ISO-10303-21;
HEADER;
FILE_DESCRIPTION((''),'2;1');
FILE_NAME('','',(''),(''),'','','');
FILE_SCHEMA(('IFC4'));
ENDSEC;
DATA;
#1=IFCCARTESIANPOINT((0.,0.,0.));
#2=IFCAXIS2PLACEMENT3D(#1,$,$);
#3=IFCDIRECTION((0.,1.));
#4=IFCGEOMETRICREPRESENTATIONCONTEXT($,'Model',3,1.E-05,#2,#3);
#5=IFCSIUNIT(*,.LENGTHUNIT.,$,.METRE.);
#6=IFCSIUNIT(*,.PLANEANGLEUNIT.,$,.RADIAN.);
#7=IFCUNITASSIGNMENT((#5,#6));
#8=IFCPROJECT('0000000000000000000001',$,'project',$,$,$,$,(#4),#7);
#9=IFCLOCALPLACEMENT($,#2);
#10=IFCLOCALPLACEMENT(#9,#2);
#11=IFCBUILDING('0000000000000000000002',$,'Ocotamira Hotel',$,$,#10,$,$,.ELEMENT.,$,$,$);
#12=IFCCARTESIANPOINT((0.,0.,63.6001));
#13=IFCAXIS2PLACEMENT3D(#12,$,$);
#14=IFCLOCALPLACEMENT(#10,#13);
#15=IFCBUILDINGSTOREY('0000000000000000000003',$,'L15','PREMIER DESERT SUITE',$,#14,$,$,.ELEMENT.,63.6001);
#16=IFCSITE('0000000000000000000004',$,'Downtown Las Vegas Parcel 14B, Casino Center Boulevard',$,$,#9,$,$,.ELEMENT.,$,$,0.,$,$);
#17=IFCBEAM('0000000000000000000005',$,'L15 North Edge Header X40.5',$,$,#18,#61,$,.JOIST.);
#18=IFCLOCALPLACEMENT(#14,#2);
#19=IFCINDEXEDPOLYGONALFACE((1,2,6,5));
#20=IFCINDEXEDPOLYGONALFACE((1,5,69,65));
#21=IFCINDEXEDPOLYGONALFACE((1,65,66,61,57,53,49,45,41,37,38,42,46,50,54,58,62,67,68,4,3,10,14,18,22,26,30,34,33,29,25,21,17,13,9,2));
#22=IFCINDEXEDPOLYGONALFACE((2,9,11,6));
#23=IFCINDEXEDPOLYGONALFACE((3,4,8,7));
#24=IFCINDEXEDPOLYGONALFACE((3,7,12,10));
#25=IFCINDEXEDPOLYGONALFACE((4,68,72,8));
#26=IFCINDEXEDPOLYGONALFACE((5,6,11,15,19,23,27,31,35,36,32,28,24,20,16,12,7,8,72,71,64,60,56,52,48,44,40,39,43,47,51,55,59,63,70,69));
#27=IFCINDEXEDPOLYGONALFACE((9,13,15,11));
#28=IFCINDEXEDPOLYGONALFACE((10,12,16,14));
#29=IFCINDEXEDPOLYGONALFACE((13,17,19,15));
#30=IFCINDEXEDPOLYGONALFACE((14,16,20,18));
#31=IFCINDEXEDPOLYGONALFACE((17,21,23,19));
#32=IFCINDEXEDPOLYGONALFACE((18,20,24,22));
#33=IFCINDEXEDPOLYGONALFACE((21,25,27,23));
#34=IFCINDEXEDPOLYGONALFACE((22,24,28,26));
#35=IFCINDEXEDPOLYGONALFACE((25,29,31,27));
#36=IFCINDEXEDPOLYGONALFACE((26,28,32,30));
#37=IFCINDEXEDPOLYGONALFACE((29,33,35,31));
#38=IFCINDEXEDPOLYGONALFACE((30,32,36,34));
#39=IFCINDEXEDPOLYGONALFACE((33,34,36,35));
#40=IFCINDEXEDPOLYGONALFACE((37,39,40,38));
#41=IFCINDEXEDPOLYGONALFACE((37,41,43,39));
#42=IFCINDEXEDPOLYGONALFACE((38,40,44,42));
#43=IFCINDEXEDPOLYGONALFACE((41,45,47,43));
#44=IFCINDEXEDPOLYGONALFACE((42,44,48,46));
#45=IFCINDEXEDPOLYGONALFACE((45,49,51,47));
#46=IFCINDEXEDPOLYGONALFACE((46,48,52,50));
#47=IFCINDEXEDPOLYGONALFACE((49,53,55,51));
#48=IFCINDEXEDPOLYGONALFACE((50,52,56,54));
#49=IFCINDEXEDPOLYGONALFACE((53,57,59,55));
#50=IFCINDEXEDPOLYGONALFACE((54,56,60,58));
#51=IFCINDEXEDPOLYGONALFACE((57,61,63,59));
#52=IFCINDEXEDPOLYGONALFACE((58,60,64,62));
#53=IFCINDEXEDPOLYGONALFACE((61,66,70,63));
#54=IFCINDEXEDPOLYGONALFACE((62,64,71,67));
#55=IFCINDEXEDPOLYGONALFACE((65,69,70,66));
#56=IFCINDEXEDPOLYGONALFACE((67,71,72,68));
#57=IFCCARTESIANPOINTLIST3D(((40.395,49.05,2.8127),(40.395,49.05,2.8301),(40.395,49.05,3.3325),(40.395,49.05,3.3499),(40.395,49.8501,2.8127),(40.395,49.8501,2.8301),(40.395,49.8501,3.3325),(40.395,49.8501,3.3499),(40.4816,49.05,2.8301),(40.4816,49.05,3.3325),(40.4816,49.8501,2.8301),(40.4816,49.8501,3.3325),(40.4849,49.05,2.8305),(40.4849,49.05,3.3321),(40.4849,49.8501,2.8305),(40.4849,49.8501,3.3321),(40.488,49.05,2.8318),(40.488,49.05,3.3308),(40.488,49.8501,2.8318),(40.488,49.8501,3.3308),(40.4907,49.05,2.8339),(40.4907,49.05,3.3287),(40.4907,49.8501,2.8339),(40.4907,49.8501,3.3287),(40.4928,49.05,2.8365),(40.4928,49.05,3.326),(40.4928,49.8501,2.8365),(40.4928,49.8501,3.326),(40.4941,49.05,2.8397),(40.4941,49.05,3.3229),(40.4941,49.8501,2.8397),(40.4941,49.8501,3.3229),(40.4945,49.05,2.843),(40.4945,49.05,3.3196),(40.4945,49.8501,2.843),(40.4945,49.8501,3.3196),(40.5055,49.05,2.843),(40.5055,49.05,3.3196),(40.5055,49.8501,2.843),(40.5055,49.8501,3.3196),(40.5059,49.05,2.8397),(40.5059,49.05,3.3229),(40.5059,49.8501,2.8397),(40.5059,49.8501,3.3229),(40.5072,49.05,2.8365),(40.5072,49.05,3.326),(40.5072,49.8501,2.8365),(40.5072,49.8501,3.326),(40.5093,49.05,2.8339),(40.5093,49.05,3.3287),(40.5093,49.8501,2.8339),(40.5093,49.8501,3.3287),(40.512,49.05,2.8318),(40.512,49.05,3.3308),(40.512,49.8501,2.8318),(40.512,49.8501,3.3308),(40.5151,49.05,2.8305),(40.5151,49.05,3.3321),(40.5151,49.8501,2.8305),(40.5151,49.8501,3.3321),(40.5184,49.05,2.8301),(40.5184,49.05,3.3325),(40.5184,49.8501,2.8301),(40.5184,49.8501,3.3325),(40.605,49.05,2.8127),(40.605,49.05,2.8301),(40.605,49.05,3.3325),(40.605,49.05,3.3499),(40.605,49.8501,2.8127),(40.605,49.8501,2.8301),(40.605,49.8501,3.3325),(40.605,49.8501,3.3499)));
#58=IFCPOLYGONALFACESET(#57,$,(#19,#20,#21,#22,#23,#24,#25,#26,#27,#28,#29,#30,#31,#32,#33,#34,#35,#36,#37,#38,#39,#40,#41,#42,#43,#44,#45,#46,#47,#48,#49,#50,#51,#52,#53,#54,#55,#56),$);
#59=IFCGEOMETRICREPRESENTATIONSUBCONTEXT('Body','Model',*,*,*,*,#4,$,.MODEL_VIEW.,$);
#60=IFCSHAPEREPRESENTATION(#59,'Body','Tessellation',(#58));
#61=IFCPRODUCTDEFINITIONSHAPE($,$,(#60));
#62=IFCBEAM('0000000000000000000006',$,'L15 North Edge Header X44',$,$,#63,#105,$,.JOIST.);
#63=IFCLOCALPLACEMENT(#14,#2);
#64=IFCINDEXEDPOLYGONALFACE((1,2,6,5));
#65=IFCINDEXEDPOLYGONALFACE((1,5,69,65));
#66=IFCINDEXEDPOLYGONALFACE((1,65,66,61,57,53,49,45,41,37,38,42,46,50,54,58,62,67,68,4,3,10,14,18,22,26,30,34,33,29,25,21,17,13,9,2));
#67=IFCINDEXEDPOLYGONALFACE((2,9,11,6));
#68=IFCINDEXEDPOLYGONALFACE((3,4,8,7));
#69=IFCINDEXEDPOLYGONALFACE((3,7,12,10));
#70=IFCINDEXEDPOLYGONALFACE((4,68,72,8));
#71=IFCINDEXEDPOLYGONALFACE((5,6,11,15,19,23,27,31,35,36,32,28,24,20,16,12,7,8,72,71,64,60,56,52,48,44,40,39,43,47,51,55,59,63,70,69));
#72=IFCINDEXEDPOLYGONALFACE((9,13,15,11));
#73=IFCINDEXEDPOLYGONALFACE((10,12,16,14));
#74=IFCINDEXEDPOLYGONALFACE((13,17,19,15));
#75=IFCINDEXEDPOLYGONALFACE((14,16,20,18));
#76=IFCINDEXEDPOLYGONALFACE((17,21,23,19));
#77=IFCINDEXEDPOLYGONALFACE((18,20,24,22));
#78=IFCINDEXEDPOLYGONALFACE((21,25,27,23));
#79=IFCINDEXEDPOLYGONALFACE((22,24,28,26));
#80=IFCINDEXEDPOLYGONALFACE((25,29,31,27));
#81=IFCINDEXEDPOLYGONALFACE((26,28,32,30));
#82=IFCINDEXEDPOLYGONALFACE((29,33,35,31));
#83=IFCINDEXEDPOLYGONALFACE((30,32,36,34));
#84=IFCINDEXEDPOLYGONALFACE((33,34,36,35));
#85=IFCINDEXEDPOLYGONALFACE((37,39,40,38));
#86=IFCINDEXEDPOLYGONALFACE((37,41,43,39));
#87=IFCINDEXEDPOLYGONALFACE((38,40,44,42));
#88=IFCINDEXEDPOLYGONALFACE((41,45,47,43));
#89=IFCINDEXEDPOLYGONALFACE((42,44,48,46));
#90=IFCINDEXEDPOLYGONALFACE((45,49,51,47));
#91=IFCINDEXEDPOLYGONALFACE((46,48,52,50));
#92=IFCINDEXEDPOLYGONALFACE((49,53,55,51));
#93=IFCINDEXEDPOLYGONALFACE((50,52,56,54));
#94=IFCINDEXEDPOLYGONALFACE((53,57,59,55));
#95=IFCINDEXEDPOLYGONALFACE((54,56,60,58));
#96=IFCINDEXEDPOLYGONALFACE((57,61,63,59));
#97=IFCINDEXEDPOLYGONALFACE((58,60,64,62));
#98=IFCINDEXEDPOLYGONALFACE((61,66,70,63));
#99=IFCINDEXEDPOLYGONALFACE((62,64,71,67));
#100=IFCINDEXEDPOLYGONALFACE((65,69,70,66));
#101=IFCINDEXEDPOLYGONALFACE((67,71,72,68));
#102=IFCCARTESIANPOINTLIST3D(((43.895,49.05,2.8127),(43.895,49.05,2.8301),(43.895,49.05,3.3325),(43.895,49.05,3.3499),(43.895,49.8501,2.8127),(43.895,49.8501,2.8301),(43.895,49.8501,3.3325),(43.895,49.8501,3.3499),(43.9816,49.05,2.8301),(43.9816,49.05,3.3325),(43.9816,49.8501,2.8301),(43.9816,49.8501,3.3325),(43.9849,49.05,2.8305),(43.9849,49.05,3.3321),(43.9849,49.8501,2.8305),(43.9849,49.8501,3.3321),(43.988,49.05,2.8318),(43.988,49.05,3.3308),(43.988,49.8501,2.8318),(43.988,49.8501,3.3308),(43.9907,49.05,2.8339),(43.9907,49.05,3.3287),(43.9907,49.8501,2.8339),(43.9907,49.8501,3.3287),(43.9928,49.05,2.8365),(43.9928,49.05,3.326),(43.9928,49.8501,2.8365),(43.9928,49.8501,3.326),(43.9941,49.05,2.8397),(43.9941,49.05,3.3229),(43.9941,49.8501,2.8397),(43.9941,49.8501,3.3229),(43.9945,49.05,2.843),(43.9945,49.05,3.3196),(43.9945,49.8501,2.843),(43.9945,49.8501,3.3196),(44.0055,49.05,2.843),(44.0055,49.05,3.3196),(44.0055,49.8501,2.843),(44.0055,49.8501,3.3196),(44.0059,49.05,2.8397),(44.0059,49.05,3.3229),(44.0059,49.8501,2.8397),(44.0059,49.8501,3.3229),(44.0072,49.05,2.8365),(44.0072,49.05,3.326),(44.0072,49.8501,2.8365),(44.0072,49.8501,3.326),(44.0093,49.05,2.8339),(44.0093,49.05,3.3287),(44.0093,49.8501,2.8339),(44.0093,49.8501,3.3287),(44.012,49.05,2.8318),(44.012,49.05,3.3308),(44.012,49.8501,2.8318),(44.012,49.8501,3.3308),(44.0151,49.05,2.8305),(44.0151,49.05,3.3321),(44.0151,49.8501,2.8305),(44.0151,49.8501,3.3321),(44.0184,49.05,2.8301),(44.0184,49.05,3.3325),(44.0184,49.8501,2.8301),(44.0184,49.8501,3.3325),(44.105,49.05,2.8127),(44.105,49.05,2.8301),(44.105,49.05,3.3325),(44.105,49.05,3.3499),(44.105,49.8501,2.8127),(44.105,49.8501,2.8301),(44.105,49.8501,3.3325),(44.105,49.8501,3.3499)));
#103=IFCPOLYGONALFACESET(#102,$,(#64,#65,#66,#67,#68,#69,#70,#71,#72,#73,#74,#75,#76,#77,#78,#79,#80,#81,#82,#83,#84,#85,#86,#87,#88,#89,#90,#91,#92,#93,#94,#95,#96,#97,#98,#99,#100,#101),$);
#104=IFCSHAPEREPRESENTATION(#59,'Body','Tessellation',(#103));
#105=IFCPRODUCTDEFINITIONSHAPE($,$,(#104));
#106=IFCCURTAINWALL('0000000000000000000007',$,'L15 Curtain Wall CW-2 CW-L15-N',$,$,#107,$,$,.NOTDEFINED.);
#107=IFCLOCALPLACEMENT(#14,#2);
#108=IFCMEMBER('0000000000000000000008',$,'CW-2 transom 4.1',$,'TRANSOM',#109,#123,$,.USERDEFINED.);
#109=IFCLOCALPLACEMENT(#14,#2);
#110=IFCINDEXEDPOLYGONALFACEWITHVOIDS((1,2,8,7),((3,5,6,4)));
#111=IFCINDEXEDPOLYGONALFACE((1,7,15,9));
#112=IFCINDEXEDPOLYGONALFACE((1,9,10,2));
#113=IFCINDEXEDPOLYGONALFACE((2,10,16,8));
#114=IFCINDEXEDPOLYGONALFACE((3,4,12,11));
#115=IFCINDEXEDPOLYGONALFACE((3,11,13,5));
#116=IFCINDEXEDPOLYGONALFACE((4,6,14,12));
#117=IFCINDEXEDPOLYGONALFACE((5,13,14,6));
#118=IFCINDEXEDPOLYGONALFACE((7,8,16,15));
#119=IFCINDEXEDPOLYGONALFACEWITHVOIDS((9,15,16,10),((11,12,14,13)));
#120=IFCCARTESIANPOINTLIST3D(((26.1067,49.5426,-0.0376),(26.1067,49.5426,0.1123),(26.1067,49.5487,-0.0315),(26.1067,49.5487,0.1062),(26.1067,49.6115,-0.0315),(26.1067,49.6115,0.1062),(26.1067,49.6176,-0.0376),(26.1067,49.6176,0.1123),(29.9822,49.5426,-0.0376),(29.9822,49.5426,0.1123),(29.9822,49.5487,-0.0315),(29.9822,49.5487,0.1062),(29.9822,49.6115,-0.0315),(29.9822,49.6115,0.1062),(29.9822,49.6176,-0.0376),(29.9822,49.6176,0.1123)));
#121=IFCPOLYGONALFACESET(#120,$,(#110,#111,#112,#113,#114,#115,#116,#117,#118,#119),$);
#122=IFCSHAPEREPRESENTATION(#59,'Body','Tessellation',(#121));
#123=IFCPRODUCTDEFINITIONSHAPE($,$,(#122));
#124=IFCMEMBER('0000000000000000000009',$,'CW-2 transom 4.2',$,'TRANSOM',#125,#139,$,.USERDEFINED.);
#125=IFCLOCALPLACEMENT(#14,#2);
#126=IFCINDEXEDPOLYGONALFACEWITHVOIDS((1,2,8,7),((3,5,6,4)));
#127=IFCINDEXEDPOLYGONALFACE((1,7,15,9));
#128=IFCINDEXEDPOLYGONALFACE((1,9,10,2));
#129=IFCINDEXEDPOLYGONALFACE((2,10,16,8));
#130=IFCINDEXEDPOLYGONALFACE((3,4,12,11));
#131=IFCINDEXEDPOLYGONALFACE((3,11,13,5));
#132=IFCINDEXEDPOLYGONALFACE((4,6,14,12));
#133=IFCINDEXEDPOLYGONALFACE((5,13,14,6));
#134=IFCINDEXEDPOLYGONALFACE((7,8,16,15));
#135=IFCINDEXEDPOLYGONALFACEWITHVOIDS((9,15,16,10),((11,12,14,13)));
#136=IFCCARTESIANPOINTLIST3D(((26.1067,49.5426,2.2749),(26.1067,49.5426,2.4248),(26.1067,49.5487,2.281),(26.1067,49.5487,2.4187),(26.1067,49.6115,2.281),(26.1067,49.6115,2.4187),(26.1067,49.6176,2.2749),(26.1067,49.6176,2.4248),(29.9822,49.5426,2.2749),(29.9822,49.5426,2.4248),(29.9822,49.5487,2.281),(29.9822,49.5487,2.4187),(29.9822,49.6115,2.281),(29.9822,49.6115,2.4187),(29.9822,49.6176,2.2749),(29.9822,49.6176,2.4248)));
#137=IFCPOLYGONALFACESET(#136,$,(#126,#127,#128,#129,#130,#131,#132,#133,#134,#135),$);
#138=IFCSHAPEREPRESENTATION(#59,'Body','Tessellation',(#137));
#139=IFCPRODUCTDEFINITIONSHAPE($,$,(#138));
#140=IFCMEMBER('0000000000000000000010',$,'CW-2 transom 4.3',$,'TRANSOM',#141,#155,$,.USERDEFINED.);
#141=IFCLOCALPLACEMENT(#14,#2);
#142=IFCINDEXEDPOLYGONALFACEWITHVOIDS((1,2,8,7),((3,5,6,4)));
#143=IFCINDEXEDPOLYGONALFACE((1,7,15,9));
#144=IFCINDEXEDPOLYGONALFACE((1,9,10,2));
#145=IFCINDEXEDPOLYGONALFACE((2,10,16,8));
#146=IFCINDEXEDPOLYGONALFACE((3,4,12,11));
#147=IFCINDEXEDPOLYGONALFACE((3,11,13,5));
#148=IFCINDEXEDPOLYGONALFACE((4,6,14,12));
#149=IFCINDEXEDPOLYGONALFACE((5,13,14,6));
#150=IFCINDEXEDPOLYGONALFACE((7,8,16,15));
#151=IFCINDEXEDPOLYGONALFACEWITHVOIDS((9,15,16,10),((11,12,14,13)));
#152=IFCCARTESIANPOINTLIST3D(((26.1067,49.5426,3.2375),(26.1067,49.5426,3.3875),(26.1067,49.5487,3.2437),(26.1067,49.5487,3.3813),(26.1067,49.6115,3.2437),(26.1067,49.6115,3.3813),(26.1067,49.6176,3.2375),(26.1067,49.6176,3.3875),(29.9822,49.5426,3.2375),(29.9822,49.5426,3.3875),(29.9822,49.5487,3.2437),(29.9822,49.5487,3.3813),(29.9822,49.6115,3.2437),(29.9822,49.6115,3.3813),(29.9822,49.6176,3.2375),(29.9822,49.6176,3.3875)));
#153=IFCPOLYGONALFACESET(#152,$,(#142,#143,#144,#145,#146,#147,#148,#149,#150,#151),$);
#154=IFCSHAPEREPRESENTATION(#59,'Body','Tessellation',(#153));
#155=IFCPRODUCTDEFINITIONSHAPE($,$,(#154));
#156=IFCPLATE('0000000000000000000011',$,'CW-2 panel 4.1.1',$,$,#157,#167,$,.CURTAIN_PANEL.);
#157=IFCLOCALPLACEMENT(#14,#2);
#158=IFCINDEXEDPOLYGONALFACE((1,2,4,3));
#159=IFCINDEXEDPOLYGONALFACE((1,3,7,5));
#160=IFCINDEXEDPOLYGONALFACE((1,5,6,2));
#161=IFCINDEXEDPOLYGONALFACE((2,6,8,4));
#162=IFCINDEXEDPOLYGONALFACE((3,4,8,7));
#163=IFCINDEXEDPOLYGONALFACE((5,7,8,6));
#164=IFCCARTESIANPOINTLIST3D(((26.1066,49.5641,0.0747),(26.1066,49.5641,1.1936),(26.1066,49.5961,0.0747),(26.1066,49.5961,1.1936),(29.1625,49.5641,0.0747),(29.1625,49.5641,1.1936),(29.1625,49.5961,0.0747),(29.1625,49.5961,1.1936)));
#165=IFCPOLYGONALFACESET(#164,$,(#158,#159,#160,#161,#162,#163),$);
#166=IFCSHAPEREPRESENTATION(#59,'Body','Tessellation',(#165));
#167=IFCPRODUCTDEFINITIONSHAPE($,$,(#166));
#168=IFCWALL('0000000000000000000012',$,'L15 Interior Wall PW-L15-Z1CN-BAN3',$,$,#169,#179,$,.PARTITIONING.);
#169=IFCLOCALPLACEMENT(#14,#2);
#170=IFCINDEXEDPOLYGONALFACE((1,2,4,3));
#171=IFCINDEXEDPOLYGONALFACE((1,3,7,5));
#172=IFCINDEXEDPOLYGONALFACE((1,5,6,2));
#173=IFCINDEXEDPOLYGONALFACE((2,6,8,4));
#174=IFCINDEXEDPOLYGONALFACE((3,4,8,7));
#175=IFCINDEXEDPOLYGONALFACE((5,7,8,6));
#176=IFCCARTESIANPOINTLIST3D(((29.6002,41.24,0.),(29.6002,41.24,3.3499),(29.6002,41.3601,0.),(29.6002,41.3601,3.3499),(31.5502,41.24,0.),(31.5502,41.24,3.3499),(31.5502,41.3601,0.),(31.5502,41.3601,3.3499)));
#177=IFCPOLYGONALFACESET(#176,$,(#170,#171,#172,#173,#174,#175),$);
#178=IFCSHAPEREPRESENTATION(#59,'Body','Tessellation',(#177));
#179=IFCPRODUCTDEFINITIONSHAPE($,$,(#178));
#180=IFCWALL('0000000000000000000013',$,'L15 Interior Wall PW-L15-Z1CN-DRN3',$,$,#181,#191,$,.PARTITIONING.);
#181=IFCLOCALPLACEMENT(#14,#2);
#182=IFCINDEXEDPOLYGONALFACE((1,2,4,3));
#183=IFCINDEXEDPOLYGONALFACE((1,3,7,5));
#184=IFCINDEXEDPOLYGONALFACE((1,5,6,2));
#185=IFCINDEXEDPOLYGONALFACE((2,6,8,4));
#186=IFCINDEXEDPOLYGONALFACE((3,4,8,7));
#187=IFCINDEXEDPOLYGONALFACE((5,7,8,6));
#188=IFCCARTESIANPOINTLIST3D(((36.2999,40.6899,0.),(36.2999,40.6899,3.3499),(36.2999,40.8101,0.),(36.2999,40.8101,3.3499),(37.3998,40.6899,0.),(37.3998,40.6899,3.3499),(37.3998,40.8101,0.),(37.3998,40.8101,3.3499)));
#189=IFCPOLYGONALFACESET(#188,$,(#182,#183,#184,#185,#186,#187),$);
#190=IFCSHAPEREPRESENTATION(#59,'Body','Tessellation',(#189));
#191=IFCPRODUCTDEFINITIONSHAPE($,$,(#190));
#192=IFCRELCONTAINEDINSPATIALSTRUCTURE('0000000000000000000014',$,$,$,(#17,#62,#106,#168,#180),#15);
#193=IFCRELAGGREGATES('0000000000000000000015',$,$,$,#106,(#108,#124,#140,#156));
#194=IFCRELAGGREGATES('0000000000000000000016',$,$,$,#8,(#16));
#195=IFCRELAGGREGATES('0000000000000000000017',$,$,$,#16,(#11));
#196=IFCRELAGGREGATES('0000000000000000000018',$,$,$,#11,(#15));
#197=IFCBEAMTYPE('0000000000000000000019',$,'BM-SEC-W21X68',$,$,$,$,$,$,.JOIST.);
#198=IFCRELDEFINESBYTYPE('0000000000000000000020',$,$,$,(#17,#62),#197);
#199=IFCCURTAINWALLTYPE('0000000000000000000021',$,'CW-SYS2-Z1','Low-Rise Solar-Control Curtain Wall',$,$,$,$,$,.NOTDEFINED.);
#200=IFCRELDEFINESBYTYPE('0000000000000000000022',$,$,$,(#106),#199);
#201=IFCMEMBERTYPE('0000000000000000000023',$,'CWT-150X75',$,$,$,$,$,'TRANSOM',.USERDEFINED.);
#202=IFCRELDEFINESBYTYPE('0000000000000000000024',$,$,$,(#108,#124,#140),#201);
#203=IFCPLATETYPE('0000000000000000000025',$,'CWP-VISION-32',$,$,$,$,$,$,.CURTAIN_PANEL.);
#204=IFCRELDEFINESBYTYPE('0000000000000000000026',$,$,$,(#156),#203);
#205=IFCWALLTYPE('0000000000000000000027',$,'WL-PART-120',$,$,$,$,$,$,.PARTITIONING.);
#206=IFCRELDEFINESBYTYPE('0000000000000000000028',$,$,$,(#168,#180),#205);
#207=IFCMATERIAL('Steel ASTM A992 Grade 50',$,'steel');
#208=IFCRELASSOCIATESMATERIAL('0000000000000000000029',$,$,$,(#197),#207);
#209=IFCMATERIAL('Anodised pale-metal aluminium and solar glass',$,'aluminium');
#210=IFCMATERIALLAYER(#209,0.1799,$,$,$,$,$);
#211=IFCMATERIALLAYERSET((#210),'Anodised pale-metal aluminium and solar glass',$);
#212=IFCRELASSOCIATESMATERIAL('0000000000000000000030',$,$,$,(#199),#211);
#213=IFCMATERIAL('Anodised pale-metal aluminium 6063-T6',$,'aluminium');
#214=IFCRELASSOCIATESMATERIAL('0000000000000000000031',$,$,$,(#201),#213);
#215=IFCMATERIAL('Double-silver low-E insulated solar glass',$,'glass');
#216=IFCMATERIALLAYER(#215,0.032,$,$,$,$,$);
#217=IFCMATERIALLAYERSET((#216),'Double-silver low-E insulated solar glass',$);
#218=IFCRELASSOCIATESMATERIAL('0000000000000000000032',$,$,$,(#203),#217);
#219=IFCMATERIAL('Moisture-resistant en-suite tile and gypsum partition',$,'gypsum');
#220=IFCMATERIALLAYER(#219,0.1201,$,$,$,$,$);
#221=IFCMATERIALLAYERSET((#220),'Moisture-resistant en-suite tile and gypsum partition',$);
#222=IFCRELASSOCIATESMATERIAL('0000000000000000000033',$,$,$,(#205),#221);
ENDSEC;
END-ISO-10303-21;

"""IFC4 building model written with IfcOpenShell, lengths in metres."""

from ifc_helpers import new_model, si_unit, direction, frame, frame_2d, origin, origin_2d, place, context, subcontext, project, spatial, rectangle, hollow_rectangle, i_section, extrude, source, transform, mapped, material, layer, layer_set, material_profile, profile_set, type_object, element, aggregate, save


model = new_model("IFC4")

# Units and contexts
model_context = context("Model", 3, precision=1e-05, world=origin(), true_north=direction((0.0, 1.0)))
body_context = subcontext(model_context, "Body", "Model", "MODEL_VIEW")
ifc_project = project(units=[si_unit("LENGTHUNIT", "METRE"), si_unit("PLANEANGLEUNIT", "RADIAN")], contexts=[model_context])

# Site, building, storey
site_placement = place(None, origin())
site = spatial("IfcSite", under=ifc_project, at=site_placement, Name="Downtown Las Vegas Parcel 14B, Casino Center Boulevard", CompositionType="ELEMENT", RefElevation=0.0)
building_placement = place(site_placement, origin())
building = spatial("IfcBuilding", under=site, at=building_placement, Name="Ocotamira Hotel", CompositionType="ELEMENT")
storey_placement = place(building_placement, frame((0.0, 0.0, 63.6001)))
storey = spatial("IfcBuildingStorey", under=building, at=storey_placement, Name="L15", Description="PREMIER DESERT SUITE", CompositionType="ELEMENT", Elevation=63.6001)

# Beams
ifc_material_1 = material(Name="Steel ASTM A992 Grade 50", Category="steel")
ifc_material_profile_1 = material_profile(ifc_material_1, i_section(OverallWidth=0.21, OverallDepth=0.5371, WebThickness=0.011, FlangeThickness=0.0173, FilletRadius=0.0129, at=origin_2d()), Name="W21X68")
ifc_profile_set_1 = profile_set([ifc_material_profile_1], Name="Steel ASTM A992 Grade 50")
beam_type_1 = type_object("IfcBeamType", Name="BM-SEC-W21X68", PredefinedType="JOIST", material=ifc_profile_set_1)
shared_shape_1 = source(origin(), body_context, "Body", "SweptSolid", [
    extrude(i_section(OverallWidth=0.21, OverallDepth=0.5371, WebThickness=0.011, FlangeThickness=0.0173, FilletRadius=0.0129, at=origin_2d()), origin(), (0.0, 0.0, 1.0), 0.8),
])
for number, where, z_axis, x_axis, name in (
    (1, (40.5, 49.05, 3.0813), (0.0, 1.0, 0.0), (-1.0, 0.0, 0.0), "L15 North Edge Header X40.5"),
    (2, (44.0, 49.05, 3.0813), (0.0, 1.0, 0.0), (-1.0, 0.0, 0.0), "L15 North Edge Header X44"),
):
    element("IfcBeam", number, at=place(storey_placement, frame(where, z_axis=z_axis, x_axis=x_axis)), inside=storey, type_object=beam_type_1, Name=name, PredefinedType="JOIST", context=body_context, shape_type="MappedRepresentation", body=[
        mapped(shared_shape_1, transform((0.0, 0.0, 0.0), scale=1.0)),
    ])

# Curtain wall, members, plate
ifc_material_2 = material(Name="Anodised pale-metal aluminium and solar glass", Category="aluminium")
ifc_layer_1 = layer(ifc_material_2, 0.1799)
ifc_layer_set_1 = layer_set([ifc_layer_1], Name="Anodised pale-metal aluminium and solar glass")
curtain_wall_type = type_object("IfcCurtainWallType", Name="CW-SYS2-Z1", Description="Low-Rise Solar-Control Curtain Wall", PredefinedType="NOTDEFINED", material=ifc_layer_set_1)
curtain_wall_placement = place(storey_placement, origin())
curtain_wall = element("IfcCurtainWall", 3, at=curtain_wall_placement, inside=storey, type_object=curtain_wall_type, Name="L15 Curtain Wall CW-2 CW-L15-N", PredefinedType="NOTDEFINED")
ifc_material_3 = material(Name="Anodised pale-metal aluminium 6063-T6", Category="aluminium")
ifc_material_profile_2 = material_profile(ifc_material_3, hollow_rectangle(XDim=0.075, YDim=0.1499, WallThickness=0.0061, at=origin_2d()), Name="HSS150X75X6")
ifc_profile_set_2 = profile_set([ifc_material_profile_2], Name="Anodised pale-metal aluminium 6063-T6")
member_type = type_object("IfcMemberType", Name="CWT-150X75", ElementType="TRANSOM", PredefinedType="USERDEFINED", material=ifc_profile_set_2)
shared_shape_2 = source(origin(), body_context, "Body", "SweptSolid", [
    extrude(hollow_rectangle(XDim=0.075, YDim=0.1499, WallThickness=0.0061, at=origin_2d()), origin(), (0.0, 0.0, 1.0), 3.8755),
])
member_1_placement = place(storey_placement, frame((26.1067, 49.5801, 0.0374), z_axis=(1.0, 0.0, 0.0), x_axis=(0.0, 1.0, 0.0)))
member_1 = element("IfcMember", 4, at=member_1_placement, type_object=member_type, Name="CW-2 transom 4.1", ObjectType="TRANSOM", PredefinedType="USERDEFINED", context=body_context, shape_type="MappedRepresentation", body=[
    mapped(shared_shape_2, transform((0.0, 0.0, 0.0), scale=1.0)),
])
member_2_placement = place(storey_placement, frame((26.1067, 49.5801, 2.3499), z_axis=(1.0, 0.0, 0.0), x_axis=(0.0, 1.0, 0.0)))
member_2 = element("IfcMember", 5, at=member_2_placement, type_object=member_type, Name="CW-2 transom 4.2", ObjectType="TRANSOM", PredefinedType="USERDEFINED", context=body_context, shape_type="MappedRepresentation", body=[
    mapped(shared_shape_2, transform((0.0, 0.0, 0.0), scale=1.0)),
])
member_3_placement = place(storey_placement, frame((26.1067, 49.5801, 3.3125), z_axis=(1.0, 0.0, 0.0), x_axis=(0.0, 1.0, 0.0)))
member_3 = element("IfcMember", 6, at=member_3_placement, type_object=member_type, Name="CW-2 transom 4.3", ObjectType="TRANSOM", PredefinedType="USERDEFINED", context=body_context, shape_type="MappedRepresentation", body=[
    mapped(shared_shape_2, transform((0.0, 0.0, 0.0), scale=1.0)),
])
ifc_material_4 = material(Name="Double-silver low-E insulated solar glass", Category="glass")
ifc_layer_2 = layer(ifc_material_4, 0.032)
ifc_layer_set_2 = layer_set([ifc_layer_2], Name="Double-silver low-E insulated solar glass")
plate_type = type_object("IfcPlateType", Name="CWP-VISION-32", PredefinedType="CURTAIN_PANEL", material=ifc_layer_set_2)
shared_shape_3 = source(origin(), body_context, "Body", "SweptSolid", [
    extrude(rectangle(XDim=3.0559, YDim=0.032, at=origin_2d()), origin(), (0.0, 0.0, 1.0), 1.1189),
])
plate_placement = place(storey_placement, frame((27.6345, 49.5801, 0.0747), z_axis=(0.0, 0.0, 1.0), x_axis=(1.0, 0.0, 0.0)))
plate = element("IfcPlate", 7, at=plate_placement, type_object=plate_type, Name="CW-2 panel 4.1.1", PredefinedType="CURTAIN_PANEL", context=body_context, shape_type="MappedRepresentation", body=[
    mapped(shared_shape_3, transform((0.0, 0.0, 0.0), scale=1.0)),
])
aggregate(curtain_wall, [member_1, member_2, member_3, plate])

# Walls
ifc_material_5 = material(Name="Moisture-resistant en-suite tile and gypsum partition", Category="gypsum")
ifc_layer_3 = layer(ifc_material_5, 0.1201)
ifc_layer_set_3 = layer_set([ifc_layer_3], Name="Moisture-resistant en-suite tile and gypsum partition")
wall_type_1 = type_object("IfcWallType", Name="WL-PART-120", PredefinedType="PARTITIONING", material=ifc_layer_set_3)
wall_1_placement = place(storey_placement, frame((29.6001, 41.3, 0.0), z_axis=(0.0, 0.0, 1.0), x_axis=(1.0, 0.0, 0.0)))
element("IfcWall", 8, at=wall_1_placement, inside=storey, type_object=wall_type_1, Name="L15 Interior Wall PW-L15-Z1CN-BAN3", PredefinedType="PARTITIONING", context=body_context, shape_type="SweptSolid", body=[
    extrude(rectangle(XDim=1.95, YDim=0.1201, at=frame_2d((0.9751, 0.0))), origin(), (0.0, 0.0, 1.0), 3.3499),
])
wall_2_placement = place(storey_placement, frame((36.3, 40.75, 0.0), z_axis=(0.0, 0.0, 1.0), x_axis=(1.0, 0.0, 0.0)))
element("IfcWall", 9, at=wall_2_placement, inside=storey, type_object=wall_type_1, Name="L15 Interior Wall PW-L15-Z1CN-DRN3", PredefinedType="PARTITIONING", context=body_context, shape_type="SweptSolid", body=[
    extrude(rectangle(XDim=1.0999, YDim=0.1201, at=frame_2d((0.5498, 0.0))), origin(), (0.0, 0.0, 1.0), 3.3499),
])

save(model, "model.ifc")
